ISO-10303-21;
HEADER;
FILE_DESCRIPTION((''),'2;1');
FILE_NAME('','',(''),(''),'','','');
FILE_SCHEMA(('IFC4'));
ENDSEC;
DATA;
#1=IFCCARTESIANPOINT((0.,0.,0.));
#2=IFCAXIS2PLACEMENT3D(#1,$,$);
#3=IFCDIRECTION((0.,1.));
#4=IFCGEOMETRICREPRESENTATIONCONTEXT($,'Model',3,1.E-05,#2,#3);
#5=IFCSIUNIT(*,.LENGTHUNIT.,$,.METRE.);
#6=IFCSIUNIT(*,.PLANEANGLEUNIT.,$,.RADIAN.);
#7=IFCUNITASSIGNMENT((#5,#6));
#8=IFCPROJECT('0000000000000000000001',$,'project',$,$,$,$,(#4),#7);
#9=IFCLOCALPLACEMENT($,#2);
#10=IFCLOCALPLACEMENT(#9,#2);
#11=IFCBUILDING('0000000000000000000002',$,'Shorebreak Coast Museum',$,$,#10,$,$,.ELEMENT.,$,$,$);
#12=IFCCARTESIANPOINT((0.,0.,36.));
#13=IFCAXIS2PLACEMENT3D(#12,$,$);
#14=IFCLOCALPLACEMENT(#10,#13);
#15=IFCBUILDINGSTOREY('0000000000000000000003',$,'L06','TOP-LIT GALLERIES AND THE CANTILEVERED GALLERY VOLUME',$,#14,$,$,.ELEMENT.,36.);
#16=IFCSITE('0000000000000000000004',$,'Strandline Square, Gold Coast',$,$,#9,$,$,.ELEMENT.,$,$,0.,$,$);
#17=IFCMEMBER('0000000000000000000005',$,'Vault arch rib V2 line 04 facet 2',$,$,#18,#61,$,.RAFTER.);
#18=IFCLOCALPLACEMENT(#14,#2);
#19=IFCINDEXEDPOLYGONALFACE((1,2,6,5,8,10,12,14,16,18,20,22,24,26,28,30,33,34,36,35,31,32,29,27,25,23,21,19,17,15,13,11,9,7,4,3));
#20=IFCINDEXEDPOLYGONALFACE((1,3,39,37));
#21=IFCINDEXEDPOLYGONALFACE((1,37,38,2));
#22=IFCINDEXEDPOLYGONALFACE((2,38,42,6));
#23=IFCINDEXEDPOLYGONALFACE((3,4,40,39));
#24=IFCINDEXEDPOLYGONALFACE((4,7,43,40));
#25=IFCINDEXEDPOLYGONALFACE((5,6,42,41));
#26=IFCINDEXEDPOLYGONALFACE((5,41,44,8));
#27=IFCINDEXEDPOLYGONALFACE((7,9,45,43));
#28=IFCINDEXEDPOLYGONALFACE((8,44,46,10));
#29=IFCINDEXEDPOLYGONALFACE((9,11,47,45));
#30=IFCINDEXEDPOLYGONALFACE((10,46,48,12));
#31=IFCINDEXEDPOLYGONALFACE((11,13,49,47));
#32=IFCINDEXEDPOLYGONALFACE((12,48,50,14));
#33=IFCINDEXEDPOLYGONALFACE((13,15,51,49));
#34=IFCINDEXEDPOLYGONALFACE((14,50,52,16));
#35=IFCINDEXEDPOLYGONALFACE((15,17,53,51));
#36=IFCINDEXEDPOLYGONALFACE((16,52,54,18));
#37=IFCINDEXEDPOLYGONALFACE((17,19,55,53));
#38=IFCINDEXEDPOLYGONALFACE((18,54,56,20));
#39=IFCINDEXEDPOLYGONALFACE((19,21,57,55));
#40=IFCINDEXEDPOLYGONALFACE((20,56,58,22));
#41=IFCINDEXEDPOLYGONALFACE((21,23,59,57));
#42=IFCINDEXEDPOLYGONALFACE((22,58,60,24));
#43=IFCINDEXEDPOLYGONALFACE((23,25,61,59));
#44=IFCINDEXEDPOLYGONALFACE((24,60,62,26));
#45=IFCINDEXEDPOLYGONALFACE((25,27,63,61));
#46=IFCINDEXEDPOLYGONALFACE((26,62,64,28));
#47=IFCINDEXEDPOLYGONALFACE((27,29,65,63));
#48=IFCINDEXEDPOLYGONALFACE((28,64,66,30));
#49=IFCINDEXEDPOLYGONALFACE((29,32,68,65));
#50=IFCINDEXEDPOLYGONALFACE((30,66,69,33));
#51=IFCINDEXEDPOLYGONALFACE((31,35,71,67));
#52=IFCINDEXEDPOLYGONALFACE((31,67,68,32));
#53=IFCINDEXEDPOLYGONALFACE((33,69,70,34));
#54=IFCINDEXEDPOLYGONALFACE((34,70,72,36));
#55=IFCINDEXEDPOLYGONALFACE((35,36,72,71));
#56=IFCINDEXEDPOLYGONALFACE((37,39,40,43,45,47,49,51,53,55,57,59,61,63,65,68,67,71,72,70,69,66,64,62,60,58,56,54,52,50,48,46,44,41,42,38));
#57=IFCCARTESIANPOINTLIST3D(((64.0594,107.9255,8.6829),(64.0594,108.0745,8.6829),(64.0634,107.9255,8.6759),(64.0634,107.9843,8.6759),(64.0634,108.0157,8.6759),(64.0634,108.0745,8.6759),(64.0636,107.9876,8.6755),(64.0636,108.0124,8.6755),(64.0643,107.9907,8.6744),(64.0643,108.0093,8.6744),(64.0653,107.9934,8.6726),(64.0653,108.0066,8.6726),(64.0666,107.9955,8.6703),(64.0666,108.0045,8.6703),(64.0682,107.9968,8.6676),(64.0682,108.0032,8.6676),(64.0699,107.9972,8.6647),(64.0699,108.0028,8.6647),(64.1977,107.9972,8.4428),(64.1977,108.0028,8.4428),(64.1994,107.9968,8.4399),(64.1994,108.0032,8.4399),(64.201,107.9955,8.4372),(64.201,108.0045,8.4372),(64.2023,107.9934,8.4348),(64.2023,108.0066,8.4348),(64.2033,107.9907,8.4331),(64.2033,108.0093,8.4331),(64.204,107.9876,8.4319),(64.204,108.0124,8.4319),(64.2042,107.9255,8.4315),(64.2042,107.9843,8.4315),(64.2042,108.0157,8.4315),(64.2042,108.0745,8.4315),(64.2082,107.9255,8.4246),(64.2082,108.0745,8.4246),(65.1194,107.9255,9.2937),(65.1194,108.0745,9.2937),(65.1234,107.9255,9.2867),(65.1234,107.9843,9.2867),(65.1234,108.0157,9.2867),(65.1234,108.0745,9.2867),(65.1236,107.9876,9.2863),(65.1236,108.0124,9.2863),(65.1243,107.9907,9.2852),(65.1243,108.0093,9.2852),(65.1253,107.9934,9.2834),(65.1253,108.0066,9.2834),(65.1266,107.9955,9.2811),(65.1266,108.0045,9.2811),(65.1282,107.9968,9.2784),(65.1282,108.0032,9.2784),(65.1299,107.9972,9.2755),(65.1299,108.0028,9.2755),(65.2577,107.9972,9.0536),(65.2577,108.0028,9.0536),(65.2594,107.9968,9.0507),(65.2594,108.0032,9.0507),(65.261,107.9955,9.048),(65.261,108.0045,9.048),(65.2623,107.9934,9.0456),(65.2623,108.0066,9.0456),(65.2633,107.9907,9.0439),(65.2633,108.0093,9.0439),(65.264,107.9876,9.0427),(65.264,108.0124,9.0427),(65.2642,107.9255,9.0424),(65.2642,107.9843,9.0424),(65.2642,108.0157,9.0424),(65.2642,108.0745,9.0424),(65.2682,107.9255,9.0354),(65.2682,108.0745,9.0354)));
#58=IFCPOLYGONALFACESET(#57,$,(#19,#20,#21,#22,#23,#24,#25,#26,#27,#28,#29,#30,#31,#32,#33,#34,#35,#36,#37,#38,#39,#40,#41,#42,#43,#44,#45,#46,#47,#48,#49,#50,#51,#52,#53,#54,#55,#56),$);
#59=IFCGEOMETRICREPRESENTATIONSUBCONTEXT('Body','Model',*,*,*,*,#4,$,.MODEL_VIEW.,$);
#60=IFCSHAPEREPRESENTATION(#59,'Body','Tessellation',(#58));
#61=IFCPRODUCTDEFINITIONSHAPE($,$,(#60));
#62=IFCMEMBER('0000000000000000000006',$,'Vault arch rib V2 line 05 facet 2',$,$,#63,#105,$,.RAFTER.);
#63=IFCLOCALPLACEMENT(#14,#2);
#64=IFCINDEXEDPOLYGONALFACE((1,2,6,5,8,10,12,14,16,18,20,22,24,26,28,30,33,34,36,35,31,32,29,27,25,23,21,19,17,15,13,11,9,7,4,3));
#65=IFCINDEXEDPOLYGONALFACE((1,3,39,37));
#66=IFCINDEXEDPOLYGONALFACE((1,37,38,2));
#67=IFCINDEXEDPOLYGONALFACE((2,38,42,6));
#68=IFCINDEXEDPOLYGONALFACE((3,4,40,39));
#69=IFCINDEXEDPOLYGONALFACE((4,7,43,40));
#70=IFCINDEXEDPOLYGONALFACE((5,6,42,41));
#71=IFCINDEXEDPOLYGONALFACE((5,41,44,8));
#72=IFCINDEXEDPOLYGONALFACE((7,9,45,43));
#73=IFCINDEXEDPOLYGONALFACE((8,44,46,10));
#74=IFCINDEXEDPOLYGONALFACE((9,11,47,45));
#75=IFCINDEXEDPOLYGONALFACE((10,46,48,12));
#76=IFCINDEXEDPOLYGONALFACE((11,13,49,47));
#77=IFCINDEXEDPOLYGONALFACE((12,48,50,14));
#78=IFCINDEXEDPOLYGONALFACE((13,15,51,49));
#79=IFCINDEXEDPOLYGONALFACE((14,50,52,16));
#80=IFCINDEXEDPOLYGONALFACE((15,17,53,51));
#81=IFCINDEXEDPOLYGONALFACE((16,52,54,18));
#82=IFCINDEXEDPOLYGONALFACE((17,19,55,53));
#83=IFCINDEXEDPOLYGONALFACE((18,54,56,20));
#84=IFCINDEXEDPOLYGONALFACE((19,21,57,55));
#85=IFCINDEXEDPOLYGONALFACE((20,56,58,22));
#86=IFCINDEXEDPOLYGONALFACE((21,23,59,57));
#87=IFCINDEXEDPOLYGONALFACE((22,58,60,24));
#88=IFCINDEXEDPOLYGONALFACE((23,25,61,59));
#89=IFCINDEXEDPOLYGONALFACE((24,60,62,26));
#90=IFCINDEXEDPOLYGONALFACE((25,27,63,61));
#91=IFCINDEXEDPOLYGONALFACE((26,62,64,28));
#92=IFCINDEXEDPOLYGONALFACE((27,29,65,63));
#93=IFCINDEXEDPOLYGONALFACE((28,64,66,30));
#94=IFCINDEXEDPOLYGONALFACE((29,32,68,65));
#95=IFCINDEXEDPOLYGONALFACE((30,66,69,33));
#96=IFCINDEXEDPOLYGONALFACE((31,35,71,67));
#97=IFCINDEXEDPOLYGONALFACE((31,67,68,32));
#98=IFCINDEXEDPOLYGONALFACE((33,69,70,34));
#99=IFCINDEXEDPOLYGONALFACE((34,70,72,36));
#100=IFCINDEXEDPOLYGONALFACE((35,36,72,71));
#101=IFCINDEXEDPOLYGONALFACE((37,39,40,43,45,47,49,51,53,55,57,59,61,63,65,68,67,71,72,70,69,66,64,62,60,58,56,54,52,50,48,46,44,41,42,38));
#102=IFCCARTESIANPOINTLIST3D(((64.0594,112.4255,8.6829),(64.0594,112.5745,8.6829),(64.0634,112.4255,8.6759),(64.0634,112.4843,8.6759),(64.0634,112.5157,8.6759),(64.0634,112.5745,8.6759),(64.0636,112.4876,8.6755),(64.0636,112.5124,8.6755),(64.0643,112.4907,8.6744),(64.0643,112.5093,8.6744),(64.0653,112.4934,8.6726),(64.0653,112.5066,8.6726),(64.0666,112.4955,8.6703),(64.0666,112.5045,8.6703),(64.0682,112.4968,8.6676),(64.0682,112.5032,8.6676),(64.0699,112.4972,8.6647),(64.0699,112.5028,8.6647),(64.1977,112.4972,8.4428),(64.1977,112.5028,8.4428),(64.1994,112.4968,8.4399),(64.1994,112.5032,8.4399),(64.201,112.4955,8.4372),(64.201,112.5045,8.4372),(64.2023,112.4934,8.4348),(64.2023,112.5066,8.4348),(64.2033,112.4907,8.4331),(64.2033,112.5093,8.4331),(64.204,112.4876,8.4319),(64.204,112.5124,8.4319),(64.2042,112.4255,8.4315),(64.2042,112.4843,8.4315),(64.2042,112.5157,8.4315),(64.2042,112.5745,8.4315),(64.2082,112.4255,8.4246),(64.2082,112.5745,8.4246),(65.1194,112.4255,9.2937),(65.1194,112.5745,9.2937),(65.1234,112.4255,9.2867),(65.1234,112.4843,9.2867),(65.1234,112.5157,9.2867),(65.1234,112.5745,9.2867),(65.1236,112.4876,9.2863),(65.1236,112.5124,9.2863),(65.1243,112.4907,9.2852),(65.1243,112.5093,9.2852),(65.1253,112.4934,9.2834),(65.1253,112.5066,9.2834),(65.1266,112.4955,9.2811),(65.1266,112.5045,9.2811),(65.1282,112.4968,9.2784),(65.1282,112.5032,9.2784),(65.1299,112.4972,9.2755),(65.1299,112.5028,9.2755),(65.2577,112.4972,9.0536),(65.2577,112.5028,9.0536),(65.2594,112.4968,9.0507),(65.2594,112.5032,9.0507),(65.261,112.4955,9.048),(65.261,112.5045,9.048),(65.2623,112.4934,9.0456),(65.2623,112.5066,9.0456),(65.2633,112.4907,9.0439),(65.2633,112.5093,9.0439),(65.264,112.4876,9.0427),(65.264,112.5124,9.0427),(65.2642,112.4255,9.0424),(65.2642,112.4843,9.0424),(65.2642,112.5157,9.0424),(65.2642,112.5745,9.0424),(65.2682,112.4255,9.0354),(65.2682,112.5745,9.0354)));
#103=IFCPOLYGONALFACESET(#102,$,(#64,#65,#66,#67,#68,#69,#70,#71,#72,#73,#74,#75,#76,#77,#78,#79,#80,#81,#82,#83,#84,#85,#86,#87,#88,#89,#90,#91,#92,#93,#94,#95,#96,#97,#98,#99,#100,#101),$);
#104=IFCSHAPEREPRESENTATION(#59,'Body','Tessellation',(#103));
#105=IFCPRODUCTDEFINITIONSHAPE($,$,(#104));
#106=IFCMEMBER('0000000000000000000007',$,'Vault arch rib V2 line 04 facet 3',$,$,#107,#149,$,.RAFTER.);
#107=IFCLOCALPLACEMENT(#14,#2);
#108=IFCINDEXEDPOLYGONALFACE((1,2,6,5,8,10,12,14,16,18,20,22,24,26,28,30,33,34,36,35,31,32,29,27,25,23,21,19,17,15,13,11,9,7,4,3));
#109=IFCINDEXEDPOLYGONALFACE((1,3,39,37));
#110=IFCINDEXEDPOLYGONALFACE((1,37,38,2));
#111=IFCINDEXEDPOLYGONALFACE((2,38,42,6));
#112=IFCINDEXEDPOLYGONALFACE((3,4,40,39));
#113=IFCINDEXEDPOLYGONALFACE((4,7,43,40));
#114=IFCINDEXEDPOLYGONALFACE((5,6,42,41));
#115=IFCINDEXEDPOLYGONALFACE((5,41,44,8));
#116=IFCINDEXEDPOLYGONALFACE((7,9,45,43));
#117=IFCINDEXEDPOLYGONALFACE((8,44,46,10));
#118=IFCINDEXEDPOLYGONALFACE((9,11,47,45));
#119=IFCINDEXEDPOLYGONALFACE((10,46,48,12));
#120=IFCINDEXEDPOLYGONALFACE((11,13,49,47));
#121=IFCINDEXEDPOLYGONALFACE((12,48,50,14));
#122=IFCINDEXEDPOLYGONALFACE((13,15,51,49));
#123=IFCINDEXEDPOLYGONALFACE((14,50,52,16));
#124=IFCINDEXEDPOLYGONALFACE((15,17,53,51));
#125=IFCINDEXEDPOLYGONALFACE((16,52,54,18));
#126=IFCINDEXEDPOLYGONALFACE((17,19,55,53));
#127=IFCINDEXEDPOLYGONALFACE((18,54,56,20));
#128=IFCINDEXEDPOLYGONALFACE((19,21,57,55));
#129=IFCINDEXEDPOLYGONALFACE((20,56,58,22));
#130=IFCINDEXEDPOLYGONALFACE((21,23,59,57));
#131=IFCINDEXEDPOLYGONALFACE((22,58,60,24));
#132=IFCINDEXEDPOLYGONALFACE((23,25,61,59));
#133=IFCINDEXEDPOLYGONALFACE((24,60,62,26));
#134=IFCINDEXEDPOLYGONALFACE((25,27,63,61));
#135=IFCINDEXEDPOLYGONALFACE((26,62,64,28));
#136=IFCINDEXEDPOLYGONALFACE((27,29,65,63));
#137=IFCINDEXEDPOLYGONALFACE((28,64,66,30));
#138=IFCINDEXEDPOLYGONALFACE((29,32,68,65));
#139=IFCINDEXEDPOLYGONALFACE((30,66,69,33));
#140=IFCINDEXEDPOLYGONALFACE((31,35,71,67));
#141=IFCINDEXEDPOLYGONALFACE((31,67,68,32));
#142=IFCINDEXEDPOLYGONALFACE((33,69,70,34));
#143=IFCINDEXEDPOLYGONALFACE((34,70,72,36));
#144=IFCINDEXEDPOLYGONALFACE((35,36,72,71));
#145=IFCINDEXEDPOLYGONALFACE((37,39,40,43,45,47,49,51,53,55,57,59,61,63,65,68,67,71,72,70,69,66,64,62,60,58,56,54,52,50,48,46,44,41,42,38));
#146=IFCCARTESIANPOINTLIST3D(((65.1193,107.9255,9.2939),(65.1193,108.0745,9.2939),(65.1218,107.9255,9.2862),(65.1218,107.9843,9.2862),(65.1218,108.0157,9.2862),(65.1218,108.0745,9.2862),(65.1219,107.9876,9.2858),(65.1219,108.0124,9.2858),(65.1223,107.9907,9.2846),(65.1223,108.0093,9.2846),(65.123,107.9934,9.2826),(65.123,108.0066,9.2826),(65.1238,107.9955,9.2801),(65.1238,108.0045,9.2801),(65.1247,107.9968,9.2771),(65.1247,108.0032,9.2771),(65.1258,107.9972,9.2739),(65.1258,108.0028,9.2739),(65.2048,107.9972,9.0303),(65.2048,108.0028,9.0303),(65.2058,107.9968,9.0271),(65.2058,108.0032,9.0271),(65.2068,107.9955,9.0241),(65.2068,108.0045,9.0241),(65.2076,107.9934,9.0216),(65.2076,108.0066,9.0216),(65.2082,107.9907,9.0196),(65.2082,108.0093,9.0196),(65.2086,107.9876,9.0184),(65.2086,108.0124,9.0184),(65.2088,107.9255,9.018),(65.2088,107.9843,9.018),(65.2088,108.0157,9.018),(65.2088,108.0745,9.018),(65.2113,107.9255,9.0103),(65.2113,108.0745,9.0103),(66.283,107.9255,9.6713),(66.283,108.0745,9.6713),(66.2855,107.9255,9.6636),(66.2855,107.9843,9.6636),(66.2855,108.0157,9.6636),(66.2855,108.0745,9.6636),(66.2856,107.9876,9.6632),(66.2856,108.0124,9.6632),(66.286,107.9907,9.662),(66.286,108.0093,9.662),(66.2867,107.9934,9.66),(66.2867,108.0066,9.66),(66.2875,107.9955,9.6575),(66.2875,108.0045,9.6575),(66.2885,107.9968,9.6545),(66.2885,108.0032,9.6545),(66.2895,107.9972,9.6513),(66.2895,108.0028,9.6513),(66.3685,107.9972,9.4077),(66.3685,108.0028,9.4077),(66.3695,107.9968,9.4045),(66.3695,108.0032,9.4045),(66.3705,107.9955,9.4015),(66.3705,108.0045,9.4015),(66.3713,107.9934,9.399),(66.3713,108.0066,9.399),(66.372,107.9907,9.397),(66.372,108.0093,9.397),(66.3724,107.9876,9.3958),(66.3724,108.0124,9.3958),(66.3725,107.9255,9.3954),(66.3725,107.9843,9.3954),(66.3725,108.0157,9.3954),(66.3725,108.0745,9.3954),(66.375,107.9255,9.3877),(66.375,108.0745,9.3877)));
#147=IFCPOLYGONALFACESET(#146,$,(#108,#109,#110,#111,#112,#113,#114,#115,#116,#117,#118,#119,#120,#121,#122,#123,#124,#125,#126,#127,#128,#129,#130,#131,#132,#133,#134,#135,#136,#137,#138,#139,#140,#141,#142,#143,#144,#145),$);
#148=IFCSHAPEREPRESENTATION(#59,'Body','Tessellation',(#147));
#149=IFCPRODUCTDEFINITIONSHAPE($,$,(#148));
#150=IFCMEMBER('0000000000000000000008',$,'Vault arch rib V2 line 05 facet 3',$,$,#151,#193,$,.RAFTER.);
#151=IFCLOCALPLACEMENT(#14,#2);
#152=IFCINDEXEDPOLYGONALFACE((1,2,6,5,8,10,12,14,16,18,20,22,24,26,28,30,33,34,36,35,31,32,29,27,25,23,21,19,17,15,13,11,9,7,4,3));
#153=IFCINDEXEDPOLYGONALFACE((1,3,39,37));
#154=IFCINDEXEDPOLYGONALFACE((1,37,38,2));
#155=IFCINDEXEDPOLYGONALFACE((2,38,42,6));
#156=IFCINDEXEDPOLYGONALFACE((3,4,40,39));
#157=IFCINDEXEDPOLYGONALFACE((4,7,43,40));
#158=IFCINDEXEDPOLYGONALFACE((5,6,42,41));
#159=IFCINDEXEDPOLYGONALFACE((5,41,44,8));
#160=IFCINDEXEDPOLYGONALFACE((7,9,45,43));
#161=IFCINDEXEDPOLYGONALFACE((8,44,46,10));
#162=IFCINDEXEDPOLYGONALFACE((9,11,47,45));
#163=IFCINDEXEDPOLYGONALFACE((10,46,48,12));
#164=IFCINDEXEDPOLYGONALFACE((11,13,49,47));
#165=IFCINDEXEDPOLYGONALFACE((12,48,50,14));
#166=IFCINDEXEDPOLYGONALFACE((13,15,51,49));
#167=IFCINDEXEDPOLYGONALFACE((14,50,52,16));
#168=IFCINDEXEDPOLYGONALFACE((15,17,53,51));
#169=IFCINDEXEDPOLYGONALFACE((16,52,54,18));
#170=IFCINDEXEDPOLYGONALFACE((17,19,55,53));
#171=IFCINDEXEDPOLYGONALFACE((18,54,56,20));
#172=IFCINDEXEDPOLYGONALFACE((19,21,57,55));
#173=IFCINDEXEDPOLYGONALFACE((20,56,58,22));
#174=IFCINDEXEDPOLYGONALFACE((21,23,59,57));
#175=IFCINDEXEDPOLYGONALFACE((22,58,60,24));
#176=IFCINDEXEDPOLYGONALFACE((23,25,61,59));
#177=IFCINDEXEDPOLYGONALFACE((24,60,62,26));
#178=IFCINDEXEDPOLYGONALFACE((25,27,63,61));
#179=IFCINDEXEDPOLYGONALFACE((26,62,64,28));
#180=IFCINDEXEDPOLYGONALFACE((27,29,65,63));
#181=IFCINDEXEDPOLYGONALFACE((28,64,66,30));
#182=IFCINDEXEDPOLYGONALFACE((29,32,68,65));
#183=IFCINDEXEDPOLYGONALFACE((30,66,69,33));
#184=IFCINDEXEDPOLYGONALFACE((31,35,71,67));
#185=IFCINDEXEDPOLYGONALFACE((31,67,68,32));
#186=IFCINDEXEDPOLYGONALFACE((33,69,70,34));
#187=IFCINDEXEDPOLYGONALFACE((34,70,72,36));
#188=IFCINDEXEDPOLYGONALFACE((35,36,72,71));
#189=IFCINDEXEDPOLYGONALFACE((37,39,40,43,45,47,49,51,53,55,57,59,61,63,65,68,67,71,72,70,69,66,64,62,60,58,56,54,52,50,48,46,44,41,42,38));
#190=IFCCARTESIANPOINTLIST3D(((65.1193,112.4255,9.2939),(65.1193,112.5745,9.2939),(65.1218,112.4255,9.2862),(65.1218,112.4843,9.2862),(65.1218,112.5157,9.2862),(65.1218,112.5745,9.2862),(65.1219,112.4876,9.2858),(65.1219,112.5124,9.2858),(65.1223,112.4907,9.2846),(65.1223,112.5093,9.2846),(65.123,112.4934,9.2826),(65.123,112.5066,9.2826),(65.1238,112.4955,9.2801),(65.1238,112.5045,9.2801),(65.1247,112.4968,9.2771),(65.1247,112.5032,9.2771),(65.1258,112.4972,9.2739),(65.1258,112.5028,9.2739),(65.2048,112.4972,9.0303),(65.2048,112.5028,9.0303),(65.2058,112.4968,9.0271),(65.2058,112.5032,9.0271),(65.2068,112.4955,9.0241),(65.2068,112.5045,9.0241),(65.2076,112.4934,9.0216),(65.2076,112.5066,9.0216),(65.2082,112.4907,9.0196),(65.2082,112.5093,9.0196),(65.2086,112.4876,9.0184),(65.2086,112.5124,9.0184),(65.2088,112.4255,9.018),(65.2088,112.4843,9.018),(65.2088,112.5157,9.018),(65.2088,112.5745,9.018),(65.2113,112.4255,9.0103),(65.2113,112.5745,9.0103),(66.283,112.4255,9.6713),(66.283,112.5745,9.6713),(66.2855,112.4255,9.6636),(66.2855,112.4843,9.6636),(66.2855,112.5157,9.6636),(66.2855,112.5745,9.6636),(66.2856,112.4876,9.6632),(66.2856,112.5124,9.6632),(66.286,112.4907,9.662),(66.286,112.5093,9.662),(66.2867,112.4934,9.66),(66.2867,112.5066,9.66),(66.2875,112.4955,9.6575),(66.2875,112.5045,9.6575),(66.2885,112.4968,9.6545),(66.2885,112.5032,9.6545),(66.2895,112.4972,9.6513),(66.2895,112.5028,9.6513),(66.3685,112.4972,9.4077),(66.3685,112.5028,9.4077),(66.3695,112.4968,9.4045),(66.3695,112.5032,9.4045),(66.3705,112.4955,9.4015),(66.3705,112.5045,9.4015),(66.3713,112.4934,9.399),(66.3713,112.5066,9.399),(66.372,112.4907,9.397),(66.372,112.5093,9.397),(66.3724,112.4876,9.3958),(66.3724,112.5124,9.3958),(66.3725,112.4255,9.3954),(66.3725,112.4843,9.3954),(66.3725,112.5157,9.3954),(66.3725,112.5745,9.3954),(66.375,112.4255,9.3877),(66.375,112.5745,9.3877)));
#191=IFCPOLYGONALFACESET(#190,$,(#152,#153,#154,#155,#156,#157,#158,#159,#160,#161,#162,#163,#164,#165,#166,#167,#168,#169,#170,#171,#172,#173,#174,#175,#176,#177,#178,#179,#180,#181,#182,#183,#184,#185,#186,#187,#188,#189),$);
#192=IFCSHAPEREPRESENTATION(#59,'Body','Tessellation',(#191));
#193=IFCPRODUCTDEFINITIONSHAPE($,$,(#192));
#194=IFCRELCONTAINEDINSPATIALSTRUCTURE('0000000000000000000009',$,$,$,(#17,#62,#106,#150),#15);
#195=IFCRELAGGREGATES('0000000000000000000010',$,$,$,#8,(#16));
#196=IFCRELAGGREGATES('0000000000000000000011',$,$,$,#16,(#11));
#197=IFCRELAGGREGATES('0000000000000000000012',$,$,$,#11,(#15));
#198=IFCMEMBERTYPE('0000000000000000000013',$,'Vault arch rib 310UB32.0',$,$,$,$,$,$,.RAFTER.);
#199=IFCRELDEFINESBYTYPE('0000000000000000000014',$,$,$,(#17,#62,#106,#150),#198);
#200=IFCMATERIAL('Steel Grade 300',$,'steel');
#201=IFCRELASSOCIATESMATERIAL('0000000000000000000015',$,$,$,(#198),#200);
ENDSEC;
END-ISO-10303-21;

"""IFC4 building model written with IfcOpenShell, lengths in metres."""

from ifc_helpers import new_model, si_unit, direction, frame, origin, origin_2d, place, context, subcontext, project, spatial, i_section, extrude, material, material_profile, profile_set, type_object, element, save


model = new_model("IFC4")

# Units and contexts
model_context = context("Model", 3, precision=1e-05, world=origin(), true_north=direction((0.0, 1.0)))
body_context = subcontext(model_context, "Body", "Model", "MODEL_VIEW")
ifc_project = project(units=[si_unit("LENGTHUNIT", "METRE"), si_unit("PLANEANGLEUNIT", "RADIAN")], contexts=[model_context])

# Site, building, storey
site_placement = place(None, origin())
site = spatial("IfcSite", under=ifc_project, at=site_placement, Name="Strandline Square, Gold Coast", CompositionType="ELEMENT", RefElevation=0.0)
building_placement = place(site_placement, origin())
building = spatial("IfcBuilding", under=site, at=building_placement, Name="Shorebreak Coast Museum", CompositionType="ELEMENT")
storey_placement = place(building_placement, frame((0.0, 0.0, 36.0)))
storey = spatial("IfcBuildingStorey", under=building, at=storey_placement, Name="L06", Description="TOP-LIT GALLERIES AND THE CANTILEVERED GALLERY VOLUME", CompositionType="ELEMENT", Elevation=36.0)

# Members
ifc_material_1 = material(Name="Steel Grade 300", Category="steel")
ifc_material_profile_1 = material_profile(ifc_material_1, i_section(OverallWidth=0.1489, OverallDepth=0.2981, WebThickness=0.0056, FlangeThickness=0.0081, FilletRadius=0.0129, at=origin_2d()), Name="310UB32.0")
ifc_profile_set_1 = profile_set([ifc_material_profile_1], Name="Steel Grade 300")
member_type_1 = type_object("IfcMemberType", Name="Vault arch rib 310UB32.0", PredefinedType="RAFTER", material=ifc_profile_set_1)
for number, where, z_axis, x_axis, name in (
    (1, (64.1338, 108.0, 8.5537), (0.866445, 0.0, 0.499273), (0.0, 1.0, 0.0), "Vault arch rib V2 line 04 facet 2"),
    (2, (64.1338, 112.5, 8.5537), (0.866445, 0.0, 0.499273), (0.0, 1.0, 0.0), "Vault arch rib V2 line 05 facet 2"),
    (3, (65.1653, 108.0, 9.1521), (0.951226, 0.0, 0.308495), (0.0, 1.0, 0.0), "Vault arch rib V2 line 04 facet 3"),
    (4, (65.1653, 112.5, 9.1521), (0.951226, 0.0, 0.308495), (0.0, 1.0, 0.0), "Vault arch rib V2 line 05 facet 3"),
):
    element("IfcMember", number, at=place(storey_placement, frame(where, z_axis=z_axis, x_axis=x_axis)), inside=storey, type_object=member_type_1, Name=name, PredefinedType="RAFTER", context=body_context, shape_type="SweptSolid", body=[
        extrude(i_section(OverallWidth=0.1489, OverallDepth=0.2981, WebThickness=0.0056, FlangeThickness=0.0081, FilletRadius=0.0129, at=origin_2d()), origin(), (0.0, 0.0, 1.0), 1.2234),
    ])

save(model, "model.ifc")
